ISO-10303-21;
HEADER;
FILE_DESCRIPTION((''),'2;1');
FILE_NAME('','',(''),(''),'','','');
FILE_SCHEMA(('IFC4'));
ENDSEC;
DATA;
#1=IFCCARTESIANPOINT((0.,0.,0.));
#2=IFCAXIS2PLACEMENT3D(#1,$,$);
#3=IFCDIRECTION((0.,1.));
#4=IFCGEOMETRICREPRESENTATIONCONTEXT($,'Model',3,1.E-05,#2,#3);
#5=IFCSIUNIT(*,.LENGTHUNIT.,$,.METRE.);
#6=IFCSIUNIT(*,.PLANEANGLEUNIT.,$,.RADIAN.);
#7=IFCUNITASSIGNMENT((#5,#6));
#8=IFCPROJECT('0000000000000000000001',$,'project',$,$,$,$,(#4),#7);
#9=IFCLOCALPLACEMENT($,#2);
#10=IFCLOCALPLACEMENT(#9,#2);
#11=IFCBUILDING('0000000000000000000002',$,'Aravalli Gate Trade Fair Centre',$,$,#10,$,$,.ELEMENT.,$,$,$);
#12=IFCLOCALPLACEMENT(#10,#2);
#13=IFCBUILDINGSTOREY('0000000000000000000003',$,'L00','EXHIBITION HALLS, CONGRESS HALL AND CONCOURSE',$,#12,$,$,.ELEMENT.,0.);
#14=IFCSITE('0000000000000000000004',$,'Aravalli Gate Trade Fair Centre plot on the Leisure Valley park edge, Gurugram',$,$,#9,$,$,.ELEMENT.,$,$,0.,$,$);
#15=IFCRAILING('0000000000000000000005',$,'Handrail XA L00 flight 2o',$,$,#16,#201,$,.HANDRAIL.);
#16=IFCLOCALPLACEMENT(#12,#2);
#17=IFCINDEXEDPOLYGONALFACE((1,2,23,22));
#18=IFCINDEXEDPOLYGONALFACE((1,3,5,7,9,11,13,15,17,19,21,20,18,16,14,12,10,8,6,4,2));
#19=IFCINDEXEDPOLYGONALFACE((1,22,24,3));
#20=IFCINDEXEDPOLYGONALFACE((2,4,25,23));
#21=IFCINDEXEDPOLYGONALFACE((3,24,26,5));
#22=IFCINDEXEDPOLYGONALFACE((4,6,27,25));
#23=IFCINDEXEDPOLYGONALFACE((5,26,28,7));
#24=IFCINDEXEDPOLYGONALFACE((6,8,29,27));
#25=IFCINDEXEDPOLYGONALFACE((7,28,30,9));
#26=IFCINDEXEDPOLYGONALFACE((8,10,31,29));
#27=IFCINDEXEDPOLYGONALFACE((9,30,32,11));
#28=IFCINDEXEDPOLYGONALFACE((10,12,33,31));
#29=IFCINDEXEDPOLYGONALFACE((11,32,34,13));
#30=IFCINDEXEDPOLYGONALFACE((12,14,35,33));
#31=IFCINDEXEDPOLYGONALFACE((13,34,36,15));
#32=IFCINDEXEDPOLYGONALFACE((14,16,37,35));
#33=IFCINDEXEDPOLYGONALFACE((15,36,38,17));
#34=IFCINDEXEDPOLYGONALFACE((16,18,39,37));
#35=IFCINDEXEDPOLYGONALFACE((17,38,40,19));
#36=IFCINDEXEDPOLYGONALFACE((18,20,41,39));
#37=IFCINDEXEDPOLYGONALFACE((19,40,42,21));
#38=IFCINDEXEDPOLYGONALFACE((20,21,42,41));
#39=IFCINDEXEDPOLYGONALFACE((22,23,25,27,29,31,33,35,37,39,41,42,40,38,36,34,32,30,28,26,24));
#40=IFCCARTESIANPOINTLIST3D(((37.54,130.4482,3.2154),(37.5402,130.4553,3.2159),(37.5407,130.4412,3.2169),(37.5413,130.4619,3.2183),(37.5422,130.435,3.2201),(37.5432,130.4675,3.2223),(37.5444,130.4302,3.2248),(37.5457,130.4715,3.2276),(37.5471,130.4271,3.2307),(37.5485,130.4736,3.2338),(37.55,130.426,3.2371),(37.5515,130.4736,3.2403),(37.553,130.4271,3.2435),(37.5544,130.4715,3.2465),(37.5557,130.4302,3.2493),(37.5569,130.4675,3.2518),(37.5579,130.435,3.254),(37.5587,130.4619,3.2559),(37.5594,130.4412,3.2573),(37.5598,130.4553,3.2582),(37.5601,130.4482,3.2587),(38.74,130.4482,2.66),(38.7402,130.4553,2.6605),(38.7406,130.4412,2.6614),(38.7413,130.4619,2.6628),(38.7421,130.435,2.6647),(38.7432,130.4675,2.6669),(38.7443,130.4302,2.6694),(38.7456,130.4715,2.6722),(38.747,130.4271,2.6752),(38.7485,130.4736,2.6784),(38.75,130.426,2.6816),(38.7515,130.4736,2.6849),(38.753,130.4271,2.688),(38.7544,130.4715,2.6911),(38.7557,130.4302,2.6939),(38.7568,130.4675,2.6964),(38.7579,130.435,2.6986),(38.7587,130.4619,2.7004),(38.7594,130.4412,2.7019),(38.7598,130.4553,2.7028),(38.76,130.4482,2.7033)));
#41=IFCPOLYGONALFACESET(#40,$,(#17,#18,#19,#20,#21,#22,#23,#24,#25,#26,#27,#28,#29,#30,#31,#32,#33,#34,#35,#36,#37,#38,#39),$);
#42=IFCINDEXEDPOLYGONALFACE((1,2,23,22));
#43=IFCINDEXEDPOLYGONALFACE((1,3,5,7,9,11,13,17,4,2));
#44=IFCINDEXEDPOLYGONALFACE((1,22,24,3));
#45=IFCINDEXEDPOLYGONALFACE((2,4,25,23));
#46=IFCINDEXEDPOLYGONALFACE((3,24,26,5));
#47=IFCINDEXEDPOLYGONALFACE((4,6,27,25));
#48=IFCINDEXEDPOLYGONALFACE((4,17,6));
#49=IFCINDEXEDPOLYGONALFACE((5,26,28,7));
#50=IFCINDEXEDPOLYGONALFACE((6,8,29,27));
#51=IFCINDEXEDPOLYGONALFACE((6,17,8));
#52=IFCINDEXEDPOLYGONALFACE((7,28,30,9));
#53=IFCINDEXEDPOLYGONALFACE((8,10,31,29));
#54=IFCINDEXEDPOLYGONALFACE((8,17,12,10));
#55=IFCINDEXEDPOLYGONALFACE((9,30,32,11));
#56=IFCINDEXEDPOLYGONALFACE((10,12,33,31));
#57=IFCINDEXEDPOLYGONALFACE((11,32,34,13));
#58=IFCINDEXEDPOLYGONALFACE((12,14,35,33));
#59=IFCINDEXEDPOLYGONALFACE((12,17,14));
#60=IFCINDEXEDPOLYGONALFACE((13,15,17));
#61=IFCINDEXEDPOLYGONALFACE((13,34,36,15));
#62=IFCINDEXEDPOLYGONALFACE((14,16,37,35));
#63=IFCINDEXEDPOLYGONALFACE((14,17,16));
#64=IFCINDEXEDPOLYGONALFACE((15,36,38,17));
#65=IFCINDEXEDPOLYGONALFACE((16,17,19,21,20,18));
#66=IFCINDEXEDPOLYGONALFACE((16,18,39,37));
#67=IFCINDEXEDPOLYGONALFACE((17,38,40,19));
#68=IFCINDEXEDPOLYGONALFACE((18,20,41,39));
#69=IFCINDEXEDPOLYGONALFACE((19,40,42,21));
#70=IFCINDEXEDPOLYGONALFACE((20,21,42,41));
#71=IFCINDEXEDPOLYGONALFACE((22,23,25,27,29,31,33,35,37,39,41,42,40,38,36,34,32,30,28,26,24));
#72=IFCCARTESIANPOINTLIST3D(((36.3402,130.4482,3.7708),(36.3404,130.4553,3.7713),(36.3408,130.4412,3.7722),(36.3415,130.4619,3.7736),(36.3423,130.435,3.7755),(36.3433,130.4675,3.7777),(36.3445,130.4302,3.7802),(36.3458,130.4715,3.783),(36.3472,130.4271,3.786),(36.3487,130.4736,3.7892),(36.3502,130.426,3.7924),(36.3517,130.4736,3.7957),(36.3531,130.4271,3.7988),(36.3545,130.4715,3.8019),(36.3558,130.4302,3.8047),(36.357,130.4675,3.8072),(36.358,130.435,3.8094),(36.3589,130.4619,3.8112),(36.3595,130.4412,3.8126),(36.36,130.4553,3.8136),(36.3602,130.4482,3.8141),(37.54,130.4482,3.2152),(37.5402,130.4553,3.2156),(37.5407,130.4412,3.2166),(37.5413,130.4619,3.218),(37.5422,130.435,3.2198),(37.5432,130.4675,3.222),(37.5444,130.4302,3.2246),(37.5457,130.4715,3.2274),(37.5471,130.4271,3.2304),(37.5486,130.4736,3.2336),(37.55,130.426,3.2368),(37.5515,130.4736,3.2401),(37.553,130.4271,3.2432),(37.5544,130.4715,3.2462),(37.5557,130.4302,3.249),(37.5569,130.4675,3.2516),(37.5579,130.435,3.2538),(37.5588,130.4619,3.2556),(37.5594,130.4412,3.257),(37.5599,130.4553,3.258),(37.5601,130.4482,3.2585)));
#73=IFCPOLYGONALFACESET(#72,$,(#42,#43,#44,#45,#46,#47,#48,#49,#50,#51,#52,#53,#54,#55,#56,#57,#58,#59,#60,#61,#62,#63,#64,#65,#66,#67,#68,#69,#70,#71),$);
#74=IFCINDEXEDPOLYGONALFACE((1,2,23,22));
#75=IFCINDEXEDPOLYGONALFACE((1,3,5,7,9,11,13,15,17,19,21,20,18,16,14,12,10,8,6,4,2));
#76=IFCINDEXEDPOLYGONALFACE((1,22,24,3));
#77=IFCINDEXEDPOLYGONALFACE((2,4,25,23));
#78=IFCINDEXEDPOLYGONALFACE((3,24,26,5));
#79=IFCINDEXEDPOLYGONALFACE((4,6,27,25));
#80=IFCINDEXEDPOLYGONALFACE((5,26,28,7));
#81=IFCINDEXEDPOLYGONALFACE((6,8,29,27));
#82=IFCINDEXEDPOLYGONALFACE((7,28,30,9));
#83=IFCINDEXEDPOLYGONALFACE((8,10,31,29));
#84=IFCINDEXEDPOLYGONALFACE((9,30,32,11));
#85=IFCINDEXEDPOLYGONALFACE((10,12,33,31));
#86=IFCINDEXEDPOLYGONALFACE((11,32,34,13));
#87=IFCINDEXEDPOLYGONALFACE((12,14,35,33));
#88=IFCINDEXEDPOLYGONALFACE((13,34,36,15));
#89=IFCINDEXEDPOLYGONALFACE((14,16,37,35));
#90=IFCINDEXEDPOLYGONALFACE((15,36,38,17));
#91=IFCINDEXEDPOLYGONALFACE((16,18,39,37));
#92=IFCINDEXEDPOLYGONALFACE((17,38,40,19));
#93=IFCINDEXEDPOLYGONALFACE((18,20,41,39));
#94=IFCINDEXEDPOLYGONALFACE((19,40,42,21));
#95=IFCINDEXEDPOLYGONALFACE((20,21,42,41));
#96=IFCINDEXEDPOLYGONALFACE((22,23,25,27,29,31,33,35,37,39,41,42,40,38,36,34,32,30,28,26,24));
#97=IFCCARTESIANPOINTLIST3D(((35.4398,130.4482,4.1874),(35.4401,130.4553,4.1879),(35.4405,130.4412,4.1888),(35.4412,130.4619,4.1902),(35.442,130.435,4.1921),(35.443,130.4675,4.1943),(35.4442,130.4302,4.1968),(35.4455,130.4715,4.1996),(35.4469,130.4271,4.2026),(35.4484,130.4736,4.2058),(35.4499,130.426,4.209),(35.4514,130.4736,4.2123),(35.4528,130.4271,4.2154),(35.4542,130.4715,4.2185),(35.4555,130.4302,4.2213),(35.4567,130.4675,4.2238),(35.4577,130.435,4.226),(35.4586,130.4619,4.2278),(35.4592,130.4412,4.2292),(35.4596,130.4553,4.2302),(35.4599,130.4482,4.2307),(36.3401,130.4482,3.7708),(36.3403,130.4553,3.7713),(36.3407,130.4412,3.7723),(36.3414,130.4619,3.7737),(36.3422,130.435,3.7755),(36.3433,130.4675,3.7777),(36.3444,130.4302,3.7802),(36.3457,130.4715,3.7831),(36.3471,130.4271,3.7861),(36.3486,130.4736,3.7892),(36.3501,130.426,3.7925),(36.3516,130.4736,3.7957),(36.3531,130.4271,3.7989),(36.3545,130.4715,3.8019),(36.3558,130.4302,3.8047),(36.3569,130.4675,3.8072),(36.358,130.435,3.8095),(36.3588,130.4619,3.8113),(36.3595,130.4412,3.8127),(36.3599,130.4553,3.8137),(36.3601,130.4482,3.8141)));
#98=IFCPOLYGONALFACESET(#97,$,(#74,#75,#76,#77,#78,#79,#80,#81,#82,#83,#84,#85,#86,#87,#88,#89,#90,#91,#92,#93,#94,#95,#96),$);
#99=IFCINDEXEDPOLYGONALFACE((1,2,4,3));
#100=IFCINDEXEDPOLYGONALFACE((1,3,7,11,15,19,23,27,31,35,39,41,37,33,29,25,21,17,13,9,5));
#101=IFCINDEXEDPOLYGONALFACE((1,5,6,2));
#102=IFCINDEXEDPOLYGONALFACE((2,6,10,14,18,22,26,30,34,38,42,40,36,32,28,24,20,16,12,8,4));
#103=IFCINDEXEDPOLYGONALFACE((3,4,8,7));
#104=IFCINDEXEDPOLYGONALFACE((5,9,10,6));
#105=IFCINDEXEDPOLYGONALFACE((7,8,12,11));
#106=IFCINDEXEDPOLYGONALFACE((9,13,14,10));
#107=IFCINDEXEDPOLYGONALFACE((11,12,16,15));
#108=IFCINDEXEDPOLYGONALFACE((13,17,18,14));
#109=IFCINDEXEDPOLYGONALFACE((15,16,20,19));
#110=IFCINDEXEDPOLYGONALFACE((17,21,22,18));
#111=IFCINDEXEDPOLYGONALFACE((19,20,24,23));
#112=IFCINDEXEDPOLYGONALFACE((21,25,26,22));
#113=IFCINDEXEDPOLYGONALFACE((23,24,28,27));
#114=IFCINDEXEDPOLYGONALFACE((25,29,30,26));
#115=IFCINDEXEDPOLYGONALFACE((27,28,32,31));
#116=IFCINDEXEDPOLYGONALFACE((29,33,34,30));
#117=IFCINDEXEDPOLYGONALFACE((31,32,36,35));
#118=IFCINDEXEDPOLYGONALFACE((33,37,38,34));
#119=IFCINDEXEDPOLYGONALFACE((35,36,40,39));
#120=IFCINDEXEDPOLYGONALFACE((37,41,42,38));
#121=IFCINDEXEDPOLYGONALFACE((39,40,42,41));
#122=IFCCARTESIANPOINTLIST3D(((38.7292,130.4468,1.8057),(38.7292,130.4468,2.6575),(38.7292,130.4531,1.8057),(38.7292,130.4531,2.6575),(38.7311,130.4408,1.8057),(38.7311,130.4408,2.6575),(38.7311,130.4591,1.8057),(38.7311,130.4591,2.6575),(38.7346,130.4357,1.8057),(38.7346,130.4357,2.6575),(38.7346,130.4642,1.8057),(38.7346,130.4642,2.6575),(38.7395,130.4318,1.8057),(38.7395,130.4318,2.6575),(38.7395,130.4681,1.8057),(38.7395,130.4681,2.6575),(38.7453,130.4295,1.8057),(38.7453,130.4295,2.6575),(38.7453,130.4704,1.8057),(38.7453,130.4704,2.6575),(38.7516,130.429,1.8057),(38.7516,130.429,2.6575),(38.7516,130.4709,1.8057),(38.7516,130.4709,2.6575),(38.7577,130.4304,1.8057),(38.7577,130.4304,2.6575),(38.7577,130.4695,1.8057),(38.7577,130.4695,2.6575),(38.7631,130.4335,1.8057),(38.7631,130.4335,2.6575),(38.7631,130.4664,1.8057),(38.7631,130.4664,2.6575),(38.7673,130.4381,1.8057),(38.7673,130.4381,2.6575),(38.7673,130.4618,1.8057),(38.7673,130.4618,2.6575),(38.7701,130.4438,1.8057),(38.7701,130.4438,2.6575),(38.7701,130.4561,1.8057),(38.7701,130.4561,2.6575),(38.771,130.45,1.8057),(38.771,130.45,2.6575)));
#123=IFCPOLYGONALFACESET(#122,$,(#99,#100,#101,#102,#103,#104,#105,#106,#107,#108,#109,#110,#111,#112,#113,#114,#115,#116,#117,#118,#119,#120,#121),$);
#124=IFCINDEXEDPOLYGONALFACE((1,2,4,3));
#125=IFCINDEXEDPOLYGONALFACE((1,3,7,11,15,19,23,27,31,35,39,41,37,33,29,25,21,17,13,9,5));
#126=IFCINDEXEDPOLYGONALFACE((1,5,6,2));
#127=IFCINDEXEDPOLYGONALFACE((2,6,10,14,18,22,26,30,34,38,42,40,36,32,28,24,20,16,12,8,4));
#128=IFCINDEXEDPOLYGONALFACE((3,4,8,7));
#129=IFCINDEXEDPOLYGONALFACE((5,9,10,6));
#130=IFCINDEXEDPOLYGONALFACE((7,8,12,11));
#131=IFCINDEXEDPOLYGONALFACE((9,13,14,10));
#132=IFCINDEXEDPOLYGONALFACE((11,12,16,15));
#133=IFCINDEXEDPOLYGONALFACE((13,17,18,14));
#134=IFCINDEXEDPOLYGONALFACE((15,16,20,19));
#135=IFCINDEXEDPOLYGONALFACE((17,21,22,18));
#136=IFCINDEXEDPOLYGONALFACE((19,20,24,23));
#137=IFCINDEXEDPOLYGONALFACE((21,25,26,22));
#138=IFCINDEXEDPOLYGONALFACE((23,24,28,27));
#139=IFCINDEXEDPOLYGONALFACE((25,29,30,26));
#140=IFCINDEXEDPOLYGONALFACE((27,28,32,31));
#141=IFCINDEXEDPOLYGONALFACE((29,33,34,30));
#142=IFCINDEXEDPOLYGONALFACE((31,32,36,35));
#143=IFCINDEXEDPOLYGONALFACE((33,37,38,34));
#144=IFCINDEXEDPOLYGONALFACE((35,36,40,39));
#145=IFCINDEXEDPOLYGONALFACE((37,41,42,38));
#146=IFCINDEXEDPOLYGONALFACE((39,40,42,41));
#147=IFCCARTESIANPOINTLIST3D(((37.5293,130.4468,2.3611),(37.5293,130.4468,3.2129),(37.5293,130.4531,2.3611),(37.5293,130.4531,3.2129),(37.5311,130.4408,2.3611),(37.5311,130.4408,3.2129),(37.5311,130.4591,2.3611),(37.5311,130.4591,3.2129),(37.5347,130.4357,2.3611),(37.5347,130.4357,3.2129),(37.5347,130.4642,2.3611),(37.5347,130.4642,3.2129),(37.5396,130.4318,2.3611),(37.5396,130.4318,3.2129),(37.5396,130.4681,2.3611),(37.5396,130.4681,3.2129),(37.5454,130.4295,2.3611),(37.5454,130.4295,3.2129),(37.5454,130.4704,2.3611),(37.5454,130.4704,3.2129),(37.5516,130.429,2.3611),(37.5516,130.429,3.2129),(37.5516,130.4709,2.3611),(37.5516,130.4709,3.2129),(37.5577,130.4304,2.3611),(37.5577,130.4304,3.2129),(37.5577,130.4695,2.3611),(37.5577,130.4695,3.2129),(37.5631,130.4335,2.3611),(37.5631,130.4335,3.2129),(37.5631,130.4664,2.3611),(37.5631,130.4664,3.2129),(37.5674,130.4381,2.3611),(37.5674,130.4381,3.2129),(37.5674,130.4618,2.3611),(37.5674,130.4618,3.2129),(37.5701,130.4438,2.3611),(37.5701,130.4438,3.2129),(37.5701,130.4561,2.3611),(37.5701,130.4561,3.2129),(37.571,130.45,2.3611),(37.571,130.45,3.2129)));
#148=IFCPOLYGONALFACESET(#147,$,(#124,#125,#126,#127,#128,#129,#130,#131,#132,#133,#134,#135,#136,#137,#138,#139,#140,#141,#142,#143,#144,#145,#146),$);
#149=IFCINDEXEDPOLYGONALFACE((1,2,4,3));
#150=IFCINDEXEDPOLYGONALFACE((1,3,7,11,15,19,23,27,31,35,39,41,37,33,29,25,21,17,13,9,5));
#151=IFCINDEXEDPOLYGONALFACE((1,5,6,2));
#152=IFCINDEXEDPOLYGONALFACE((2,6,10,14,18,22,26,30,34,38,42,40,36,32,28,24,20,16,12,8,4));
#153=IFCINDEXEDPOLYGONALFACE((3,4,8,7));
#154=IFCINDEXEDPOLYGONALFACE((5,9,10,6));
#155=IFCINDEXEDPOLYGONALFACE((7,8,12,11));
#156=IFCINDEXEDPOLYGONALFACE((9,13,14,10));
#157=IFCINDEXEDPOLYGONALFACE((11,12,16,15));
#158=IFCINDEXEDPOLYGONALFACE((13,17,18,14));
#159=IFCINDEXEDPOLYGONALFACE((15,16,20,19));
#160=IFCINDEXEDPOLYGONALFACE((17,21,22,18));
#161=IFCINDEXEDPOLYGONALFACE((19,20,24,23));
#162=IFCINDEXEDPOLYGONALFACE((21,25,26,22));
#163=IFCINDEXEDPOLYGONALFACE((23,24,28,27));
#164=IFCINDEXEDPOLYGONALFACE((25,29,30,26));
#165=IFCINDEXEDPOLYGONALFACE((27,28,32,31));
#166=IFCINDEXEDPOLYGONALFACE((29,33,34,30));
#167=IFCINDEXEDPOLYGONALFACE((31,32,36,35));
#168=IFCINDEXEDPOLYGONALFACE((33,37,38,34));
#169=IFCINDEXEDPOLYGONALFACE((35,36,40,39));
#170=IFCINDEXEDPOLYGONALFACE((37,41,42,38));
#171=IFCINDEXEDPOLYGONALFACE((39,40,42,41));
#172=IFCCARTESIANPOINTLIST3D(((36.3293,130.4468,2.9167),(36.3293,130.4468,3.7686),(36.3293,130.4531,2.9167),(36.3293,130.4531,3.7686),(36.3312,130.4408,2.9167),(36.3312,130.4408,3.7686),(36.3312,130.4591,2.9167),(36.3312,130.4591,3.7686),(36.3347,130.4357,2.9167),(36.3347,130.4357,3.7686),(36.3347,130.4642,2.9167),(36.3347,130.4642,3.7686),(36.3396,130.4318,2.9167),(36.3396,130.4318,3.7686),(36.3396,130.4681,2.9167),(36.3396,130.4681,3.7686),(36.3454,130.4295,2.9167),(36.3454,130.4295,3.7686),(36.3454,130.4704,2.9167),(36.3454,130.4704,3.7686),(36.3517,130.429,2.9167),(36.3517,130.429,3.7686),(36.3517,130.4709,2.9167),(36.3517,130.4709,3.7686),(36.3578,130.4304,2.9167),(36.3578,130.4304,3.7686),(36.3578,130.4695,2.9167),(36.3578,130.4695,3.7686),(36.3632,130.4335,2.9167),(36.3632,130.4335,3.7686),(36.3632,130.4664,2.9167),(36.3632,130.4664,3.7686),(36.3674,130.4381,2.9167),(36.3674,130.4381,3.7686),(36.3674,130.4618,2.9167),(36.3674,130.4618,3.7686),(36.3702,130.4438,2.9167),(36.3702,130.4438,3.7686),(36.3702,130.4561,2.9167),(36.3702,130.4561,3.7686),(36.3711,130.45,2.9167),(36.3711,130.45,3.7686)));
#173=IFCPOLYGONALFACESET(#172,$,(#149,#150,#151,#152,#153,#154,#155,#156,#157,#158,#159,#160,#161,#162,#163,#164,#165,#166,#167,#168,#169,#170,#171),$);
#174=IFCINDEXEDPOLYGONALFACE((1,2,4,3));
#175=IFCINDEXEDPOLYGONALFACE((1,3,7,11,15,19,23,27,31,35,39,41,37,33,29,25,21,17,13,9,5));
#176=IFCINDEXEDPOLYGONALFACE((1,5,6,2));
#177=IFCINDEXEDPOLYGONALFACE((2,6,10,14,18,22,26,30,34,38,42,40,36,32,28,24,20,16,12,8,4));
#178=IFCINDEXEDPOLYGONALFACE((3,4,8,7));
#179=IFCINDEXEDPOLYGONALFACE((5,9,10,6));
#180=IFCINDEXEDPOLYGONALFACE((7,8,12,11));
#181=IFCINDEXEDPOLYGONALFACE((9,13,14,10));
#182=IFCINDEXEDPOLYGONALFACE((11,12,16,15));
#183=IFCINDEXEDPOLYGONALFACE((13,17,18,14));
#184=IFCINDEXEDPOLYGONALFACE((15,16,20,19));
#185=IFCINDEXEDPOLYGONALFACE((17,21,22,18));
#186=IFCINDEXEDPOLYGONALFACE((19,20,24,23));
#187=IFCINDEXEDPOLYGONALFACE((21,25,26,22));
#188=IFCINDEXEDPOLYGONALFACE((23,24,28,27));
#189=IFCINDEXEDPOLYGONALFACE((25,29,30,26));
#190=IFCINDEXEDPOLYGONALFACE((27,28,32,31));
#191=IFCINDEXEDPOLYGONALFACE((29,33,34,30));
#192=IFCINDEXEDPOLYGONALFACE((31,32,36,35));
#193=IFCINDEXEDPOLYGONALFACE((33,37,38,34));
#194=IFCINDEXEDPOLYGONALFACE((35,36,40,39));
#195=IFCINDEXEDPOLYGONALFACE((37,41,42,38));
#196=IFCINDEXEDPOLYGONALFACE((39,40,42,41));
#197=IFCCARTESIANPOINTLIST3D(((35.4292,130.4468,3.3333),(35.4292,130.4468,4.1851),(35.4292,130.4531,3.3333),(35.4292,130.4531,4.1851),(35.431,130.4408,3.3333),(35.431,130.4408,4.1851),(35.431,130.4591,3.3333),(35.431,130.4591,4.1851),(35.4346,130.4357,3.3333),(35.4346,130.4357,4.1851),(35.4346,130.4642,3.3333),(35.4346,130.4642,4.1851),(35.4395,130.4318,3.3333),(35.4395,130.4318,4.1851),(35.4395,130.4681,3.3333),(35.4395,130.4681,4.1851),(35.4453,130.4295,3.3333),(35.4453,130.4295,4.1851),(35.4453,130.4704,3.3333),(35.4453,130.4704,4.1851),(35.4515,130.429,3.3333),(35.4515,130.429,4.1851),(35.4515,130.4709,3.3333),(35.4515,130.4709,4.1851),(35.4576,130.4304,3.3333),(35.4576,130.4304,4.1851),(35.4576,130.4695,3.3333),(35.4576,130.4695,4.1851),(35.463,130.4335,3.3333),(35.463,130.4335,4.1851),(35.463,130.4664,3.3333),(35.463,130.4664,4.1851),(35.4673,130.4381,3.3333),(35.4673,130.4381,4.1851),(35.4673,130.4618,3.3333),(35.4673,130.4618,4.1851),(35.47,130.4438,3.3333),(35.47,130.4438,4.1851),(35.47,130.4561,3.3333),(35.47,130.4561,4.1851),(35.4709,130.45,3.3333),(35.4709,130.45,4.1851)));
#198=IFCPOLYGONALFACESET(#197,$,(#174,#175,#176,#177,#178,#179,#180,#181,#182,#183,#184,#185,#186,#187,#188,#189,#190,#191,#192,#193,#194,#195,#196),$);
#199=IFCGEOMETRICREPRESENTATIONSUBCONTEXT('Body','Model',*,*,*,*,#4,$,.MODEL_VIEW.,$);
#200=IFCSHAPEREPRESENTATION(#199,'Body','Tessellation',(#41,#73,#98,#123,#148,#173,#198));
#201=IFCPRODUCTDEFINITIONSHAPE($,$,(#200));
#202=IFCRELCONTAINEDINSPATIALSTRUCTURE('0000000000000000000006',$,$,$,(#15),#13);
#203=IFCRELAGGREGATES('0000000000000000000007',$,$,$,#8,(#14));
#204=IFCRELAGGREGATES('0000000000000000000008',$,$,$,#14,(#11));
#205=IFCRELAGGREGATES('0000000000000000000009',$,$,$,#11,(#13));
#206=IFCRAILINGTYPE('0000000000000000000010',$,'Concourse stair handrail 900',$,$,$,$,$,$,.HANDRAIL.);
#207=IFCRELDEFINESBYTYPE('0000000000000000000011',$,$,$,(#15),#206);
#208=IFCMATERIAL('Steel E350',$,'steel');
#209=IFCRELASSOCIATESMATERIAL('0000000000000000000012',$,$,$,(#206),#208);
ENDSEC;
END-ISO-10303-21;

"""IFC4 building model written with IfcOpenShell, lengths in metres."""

from ifc_helpers import new_model, si_unit, direction, frame, origin, origin_2d, place, context, subcontext, project, spatial, circle, extrude, material, type_object, element, save


model = new_model("IFC4")

# Units and contexts
model_context = context("Model", 3, precision=1e-05, world=origin(), true_north=direction((0.0, 1.0)))
body_context = subcontext(model_context, "Body", "Model", "MODEL_VIEW")
ifc_project = project(units=[si_unit("LENGTHUNIT", "METRE"), si_unit("PLANEANGLEUNIT", "RADIAN")], contexts=[model_context])

# Site, building, storey
site_placement = place(None, origin())
site = spatial("IfcSite", under=ifc_project, at=site_placement, Name="Aravalli Gate Trade Fair Centre plot on the Leisure Valley park edge, Gurugram", CompositionType="ELEMENT", RefElevation=0.0)
building_placement = place(site_placement, origin())
building = spatial("IfcBuilding", under=site, at=building_placement, Name="Aravalli Gate Trade Fair Centre", CompositionType="ELEMENT")
storey_placement = place(building_placement, origin())
storey = spatial("IfcBuildingStorey", under=building, at=storey_placement, Name="L00", Description="EXHIBITION HALLS, CONGRESS HALL AND CONCOURSE", CompositionType="ELEMENT", Elevation=0.0)

# Shared definitions
ifc_material_1 = material(Name="Steel E350", Category="steel")

# Railing
railing_type = type_object("IfcRailingType", Name="Concourse stair handrail 900", PredefinedType="HANDRAIL", material=ifc_material_1)
for number, where, name in (
    (1, (38.75, 130.45, 1.8057), "Handrail XA L00 flight 2o"),
):
    element("IfcRailing", number, at=place(storey_placement, frame(where)), inside=storey, type_object=railing_type, Name=name, PredefinedType="HANDRAIL", context=body_context, shape_type="SweptSolid", body=[
        extrude(circle(Radius=0.0239, at=origin_2d()), frame((0.0, 0.0, 0.876), z_axis=(-0.907499, 0.0, 0.420053), x_axis=(0.0, -1.0, 0.0)), (0.0, 0.0, 1.0), 1.3223),
        extrude(circle(Radius=0.0239, at=origin_2d()), frame((-1.2, 0.0, 1.4312), z_axis=(-0.907429, 0.0, 0.420205), x_axis=(0.0, -1.0, 0.0)), (0.0, 0.0, 1.0), 1.3223),
        extrude(circle(Radius=0.0239, at=origin_2d()), frame((-2.3999, 0.0, 1.9868), z_axis=(-0.907556, 0.0, 0.419932), x_axis=(0.0, -1.0, 0.0)), (0.0, 0.0, 1.0), 0.9919),
        extrude(circle(Radius=0.021, at=origin_2d()), origin(), (0.0, 0.0, 1.0), 0.8518),
        extrude(circle(Radius=0.021, at=origin_2d()), frame((-1.2, 0.0, 0.5554)), (0.0, 0.0, 1.0), 0.8518),
        extrude(circle(Radius=0.021, at=origin_2d()), frame((-2.3999, 0.0, 1.1111)), (0.0, 0.0, 1.0), 0.8518),
        extrude(circle(Radius=0.021, at=origin_2d()), frame((-3.3, 0.0, 1.5276)), (0.0, 0.0, 1.0), 0.8518),
    ])

save(model, "model.ifc")
